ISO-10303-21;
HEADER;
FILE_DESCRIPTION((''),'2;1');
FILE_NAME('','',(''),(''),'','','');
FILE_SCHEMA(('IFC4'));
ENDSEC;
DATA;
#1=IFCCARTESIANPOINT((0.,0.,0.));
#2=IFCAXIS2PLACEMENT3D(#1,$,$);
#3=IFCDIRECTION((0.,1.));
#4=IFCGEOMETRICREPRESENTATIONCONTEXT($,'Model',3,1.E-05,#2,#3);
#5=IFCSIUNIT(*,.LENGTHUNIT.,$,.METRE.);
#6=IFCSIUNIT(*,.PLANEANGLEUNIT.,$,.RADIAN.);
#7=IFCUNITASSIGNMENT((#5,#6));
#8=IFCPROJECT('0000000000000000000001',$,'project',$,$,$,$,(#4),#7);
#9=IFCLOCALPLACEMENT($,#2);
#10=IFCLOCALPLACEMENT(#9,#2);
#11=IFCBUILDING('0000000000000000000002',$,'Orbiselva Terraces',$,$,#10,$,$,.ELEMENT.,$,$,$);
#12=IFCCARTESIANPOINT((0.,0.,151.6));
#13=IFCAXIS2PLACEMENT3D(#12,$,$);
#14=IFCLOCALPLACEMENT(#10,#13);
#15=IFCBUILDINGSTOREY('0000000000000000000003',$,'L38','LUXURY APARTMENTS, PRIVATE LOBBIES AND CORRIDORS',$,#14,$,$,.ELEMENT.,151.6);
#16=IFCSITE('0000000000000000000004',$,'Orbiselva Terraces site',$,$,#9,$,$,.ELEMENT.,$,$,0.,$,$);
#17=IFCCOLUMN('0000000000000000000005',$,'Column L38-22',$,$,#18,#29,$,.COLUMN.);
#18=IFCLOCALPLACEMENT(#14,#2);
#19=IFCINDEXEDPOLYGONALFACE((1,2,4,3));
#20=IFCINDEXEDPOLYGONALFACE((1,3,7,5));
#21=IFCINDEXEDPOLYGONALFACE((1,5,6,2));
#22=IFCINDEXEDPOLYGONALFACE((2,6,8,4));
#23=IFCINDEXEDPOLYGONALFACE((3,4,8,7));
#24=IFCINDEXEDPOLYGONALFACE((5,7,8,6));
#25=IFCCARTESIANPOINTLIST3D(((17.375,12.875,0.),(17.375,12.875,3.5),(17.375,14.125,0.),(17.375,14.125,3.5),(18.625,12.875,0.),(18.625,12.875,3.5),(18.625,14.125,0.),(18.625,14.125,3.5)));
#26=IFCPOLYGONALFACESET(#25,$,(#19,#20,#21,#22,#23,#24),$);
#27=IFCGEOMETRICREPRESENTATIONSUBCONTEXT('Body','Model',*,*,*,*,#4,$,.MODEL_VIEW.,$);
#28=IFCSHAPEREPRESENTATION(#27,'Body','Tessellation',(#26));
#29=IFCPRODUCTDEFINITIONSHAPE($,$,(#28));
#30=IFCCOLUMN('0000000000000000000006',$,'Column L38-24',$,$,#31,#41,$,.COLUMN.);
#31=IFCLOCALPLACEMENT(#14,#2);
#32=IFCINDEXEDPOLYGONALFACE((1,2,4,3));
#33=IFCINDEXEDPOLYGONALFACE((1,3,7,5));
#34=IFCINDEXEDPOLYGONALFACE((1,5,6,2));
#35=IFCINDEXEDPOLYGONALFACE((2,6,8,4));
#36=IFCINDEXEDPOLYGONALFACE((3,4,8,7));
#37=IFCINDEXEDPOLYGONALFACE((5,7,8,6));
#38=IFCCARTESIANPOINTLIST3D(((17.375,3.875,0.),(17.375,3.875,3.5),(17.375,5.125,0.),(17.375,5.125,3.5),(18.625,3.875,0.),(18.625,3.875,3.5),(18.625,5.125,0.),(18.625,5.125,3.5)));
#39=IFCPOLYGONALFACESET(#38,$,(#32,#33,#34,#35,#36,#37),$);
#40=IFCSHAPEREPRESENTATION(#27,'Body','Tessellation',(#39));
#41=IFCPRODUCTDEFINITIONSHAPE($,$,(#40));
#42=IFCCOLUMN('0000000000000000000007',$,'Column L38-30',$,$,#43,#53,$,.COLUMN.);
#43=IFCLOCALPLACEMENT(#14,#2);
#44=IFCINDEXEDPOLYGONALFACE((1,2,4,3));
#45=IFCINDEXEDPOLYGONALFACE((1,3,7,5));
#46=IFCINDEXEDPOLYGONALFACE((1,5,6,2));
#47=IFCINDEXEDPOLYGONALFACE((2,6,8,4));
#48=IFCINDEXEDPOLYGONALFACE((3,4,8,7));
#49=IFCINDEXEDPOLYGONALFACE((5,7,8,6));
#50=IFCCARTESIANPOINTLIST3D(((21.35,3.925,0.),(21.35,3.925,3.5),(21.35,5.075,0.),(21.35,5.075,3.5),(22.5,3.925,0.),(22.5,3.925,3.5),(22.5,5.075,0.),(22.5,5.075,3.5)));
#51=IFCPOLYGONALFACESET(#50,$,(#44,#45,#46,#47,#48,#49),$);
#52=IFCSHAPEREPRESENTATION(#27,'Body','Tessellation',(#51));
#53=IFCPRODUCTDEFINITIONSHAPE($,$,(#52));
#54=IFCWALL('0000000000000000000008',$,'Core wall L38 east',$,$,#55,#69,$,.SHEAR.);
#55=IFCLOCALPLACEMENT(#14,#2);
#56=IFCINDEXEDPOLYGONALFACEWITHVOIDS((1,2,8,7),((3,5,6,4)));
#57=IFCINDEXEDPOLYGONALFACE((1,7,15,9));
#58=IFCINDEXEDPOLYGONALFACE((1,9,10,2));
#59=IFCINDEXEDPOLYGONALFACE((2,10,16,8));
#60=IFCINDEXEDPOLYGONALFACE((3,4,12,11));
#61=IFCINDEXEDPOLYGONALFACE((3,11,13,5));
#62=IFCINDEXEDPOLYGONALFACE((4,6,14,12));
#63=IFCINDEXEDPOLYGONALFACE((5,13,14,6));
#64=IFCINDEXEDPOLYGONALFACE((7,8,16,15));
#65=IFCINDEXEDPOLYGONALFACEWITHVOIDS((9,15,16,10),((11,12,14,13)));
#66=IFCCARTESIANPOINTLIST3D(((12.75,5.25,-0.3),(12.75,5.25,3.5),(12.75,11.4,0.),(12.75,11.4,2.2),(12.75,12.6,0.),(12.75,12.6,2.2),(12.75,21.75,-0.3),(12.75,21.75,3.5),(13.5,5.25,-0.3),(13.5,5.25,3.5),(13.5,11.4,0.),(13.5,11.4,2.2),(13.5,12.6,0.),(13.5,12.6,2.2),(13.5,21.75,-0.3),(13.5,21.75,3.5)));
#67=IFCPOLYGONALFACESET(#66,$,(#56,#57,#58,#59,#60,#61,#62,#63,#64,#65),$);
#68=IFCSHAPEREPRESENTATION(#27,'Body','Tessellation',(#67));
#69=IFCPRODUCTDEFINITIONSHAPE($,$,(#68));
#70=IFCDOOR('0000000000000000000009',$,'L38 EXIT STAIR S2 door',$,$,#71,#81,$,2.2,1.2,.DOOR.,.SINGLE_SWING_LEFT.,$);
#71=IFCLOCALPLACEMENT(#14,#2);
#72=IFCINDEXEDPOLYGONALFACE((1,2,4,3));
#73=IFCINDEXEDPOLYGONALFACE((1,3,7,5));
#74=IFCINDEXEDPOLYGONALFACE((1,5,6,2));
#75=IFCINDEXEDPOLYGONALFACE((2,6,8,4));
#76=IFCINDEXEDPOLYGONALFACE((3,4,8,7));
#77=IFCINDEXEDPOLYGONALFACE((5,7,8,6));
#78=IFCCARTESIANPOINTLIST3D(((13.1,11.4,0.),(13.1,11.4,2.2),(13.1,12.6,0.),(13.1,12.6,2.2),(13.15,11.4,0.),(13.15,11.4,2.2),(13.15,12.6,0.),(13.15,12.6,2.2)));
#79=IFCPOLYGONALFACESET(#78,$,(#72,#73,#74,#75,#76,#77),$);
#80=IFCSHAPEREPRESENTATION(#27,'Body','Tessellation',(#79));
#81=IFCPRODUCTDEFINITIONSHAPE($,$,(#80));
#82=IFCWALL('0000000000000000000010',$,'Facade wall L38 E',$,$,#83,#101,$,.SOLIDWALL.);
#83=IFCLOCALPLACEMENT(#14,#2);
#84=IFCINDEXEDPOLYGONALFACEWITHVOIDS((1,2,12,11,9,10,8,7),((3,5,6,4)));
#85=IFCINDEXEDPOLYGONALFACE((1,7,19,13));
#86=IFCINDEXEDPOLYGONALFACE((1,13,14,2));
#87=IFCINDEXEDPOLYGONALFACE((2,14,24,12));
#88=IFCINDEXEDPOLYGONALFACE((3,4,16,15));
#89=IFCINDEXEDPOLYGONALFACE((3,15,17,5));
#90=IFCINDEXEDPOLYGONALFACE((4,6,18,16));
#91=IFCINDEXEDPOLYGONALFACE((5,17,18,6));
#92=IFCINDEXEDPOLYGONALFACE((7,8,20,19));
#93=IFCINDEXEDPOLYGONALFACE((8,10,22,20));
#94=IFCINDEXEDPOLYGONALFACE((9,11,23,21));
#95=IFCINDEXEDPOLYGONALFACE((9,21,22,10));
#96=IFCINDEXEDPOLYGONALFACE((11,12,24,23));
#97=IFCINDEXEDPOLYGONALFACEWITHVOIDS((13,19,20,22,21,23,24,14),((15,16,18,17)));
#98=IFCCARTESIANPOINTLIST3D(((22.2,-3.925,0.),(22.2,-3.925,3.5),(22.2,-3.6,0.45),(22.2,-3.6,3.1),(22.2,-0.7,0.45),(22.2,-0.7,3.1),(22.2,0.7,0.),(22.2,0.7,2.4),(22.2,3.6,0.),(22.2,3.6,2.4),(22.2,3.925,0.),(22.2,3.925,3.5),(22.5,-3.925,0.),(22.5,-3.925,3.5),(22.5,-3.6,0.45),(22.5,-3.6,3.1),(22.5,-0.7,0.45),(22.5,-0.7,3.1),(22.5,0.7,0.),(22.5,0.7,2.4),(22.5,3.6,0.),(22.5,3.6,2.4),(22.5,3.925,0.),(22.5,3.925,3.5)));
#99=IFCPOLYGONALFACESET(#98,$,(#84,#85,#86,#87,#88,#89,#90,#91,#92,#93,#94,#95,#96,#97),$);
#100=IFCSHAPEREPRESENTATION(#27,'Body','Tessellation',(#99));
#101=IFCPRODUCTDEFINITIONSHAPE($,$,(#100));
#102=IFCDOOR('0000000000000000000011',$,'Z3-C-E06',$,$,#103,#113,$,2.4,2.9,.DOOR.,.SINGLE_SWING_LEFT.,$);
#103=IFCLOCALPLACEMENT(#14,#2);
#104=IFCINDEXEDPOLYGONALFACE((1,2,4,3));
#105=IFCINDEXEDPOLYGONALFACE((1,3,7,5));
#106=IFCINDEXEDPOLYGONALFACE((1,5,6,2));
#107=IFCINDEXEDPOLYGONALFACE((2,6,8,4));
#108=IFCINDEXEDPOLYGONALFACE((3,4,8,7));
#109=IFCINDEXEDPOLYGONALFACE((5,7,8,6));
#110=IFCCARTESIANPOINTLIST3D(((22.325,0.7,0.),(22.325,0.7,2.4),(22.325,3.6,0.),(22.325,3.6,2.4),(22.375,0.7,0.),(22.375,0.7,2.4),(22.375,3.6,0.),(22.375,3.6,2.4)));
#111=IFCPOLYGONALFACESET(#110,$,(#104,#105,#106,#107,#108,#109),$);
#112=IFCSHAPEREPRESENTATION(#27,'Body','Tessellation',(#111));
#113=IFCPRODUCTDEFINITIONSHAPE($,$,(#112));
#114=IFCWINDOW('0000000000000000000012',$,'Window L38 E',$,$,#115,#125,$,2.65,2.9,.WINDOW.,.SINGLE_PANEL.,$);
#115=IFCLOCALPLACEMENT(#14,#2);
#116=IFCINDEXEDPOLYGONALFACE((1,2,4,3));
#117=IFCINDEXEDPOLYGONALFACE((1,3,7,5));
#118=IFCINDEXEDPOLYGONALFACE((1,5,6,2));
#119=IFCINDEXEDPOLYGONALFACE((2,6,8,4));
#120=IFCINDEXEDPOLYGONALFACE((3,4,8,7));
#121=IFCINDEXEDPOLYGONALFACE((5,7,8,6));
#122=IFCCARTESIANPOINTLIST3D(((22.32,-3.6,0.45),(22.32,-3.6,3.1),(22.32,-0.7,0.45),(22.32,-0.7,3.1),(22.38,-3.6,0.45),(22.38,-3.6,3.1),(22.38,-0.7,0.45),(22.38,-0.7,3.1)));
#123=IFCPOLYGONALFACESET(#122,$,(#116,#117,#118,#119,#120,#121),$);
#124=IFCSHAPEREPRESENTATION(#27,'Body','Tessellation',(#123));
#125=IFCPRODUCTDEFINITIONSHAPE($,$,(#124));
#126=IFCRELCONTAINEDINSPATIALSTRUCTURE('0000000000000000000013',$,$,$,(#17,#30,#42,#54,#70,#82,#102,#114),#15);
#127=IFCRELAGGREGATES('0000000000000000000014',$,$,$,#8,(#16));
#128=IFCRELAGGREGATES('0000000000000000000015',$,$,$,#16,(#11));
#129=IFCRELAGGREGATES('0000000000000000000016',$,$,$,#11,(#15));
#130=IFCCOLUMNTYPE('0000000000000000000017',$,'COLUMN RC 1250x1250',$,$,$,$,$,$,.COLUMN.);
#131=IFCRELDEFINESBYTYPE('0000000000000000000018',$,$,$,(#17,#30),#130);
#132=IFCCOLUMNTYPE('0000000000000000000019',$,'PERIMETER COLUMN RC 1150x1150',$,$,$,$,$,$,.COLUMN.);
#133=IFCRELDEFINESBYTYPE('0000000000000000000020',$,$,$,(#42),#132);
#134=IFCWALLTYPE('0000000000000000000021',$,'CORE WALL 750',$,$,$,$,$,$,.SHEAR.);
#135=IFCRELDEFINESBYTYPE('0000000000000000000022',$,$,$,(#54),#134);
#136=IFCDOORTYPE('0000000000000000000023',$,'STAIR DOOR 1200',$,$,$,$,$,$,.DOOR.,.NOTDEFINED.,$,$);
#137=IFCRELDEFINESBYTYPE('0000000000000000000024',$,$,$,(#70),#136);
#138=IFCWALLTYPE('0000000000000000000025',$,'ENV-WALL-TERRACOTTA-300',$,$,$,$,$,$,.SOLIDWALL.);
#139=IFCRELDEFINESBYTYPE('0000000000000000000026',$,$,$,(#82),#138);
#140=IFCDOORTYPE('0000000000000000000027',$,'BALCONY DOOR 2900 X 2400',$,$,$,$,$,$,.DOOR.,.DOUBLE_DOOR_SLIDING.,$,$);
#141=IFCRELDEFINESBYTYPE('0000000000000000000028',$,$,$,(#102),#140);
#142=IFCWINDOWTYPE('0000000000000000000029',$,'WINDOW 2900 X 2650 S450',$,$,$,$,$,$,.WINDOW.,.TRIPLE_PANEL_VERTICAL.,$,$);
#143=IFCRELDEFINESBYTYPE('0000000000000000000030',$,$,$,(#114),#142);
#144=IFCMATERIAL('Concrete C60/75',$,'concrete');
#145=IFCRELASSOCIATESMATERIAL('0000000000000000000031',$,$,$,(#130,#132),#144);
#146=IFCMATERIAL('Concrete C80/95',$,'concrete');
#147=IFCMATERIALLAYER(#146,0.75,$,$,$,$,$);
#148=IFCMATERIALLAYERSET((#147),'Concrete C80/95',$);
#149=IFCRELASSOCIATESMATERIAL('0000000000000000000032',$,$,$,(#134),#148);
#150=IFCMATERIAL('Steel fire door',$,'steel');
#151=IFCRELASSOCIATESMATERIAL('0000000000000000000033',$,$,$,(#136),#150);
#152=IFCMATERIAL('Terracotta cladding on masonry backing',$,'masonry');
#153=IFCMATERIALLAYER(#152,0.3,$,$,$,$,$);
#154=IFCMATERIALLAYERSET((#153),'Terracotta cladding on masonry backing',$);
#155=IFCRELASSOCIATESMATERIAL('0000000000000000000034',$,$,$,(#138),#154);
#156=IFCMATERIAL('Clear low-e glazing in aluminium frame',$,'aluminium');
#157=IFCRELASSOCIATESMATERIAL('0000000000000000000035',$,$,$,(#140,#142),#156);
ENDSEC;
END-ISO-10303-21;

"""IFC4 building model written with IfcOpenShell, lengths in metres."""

from ifc_helpers import new_model, si_unit, direction, frame, frame_2d, origin, origin_2d, place, context, subcontext, project, spatial, rectangle, extrude, material, layer, layer_set, material_profile, profile_set, type_object, element, fill, save


model = new_model("IFC4")

# Units and contexts
model_context = context("Model", 3, precision=1e-05, world=origin(), true_north=direction((0.0, 1.0)))
body_context = subcontext(model_context, "Body", "Model", "MODEL_VIEW")
ifc_project = project(units=[si_unit("LENGTHUNIT", "METRE"), si_unit("PLANEANGLEUNIT", "RADIAN")], contexts=[model_context])

# Site, building, storey
site_placement = place(None, origin())
site = spatial("IfcSite", under=ifc_project, at=site_placement, Name="Orbiselva Terraces site", CompositionType="ELEMENT", RefElevation=0.0)
building_placement = place(site_placement, origin())
building = spatial("IfcBuilding", under=site, at=building_placement, Name="Orbiselva Terraces", CompositionType="ELEMENT")
storey_placement = place(building_placement, frame((0.0, 0.0, 151.6)))
storey = spatial("IfcBuildingStorey", under=building, at=storey_placement, Name="L38", Description="LUXURY APARTMENTS, PRIVATE LOBBIES AND CORRIDORS", CompositionType="ELEMENT", Elevation=151.6)

# Columns
ifc_material_1 = material(Name="Concrete C60/75", Category="concrete")
ifc_material_profile_1 = material_profile(ifc_material_1, rectangle(XDim=1.25, YDim=1.25, at=origin_2d()), Name="RC 1250x1250")
ifc_profile_set_1 = profile_set([ifc_material_profile_1], Name="Concrete C60/75")
column_type_1 = type_object("IfcColumnType", Name="COLUMN RC 1250x1250", PredefinedType="COLUMN", material=ifc_profile_set_1)
for number, where, z_axis, x_axis, name in (
    (1, (18.0, 13.5, 0.0), (0.0, 0.0, 1.0), (1.0, 0.0, 0.0), "Column L38-22"),
    (2, (18.0, 4.5, 0.0), (0.0, 0.0, 1.0), (1.0, 0.0, 0.0), "Column L38-24"),
):
    element("IfcColumn", number, at=place(storey_placement, frame(where, z_axis=z_axis, x_axis=x_axis)), inside=storey, type_object=column_type_1, Name=name, PredefinedType="COLUMN", context=body_context, shape_type="SweptSolid", body=[
        extrude(rectangle(XDim=1.25, YDim=1.25, at=origin_2d()), origin(), (0.0, 0.0, 1.0), 3.5),
    ])
ifc_material_profile_2 = material_profile(ifc_material_1, rectangle(XDim=1.15, YDim=1.15, at=origin_2d()), Name="RC 1150x1150")
ifc_profile_set_2 = profile_set([ifc_material_profile_2], Name="Concrete C60/75")
column_type_2 = type_object("IfcColumnType", Name="PERIMETER COLUMN RC 1150x1150", PredefinedType="COLUMN", material=ifc_profile_set_2)
column_placement = place(storey_placement, frame((21.925, 4.5, 0.0), z_axis=(0.0, 0.0, 1.0), x_axis=(1.0, 0.0, 0.0)))
element("IfcColumn", 3, at=column_placement, inside=storey, type_object=column_type_2, Name="Column L38-30", PredefinedType="COLUMN", context=body_context, shape_type="SweptSolid", body=[
    extrude(rectangle(XDim=1.15, YDim=1.15, at=origin_2d()), origin(), (0.0, 0.0, 1.0), 3.5),
])

# Wall, opening, door
ifc_material_2 = material(Name="Concrete C80/95", Category="concrete")
ifc_layer_1 = layer(ifc_material_2, 0.75)
ifc_layer_set_1 = layer_set([ifc_layer_1], Name="Concrete C80/95")
wall_type_1 = type_object("IfcWallType", Name="CORE WALL 750", PredefinedType="SHEAR", material=ifc_layer_set_1)
wall_1_placement = place(storey_placement, frame((13.125, 5.25, -0.3), z_axis=(0.0, 0.0, 1.0), x_axis=(0.0, 1.0, 0.0)))
wall_1 = element("IfcWall", 4, at=wall_1_placement, inside=storey, type_object=wall_type_1, Name="Core wall L38 east", PredefinedType="SHEAR", context=body_context, shape_type="SweptSolid", body=[
    extrude(rectangle(XDim=16.5, YDim=0.75, at=frame_2d((8.25, 0.0))), origin(), (0.0, 0.0, 1.0), 3.8),
])
opening_1_placement = place(wall_1_placement, frame((6.15, 0.0, 0.3)))
opening_1 = element("IfcOpeningElement", 5, at=opening_1_placement, cuts=wall_1, PredefinedType="OPENING", context=body_context, shape_type="SweptSolid", body=[
    extrude(rectangle(XDim=1.2, YDim=2.2, at=frame_2d((0.6, 1.1))), frame((0.0, 0.385, 0.0), z_axis=(0.0, -1.0, 0.0), x_axis=(1.0, 0.0, 0.0)), (0.0, 0.0, 1.0), 0.77),
])
ifc_material_3 = material(Name="Steel fire door", Category="steel")
door_type_1 = type_object("IfcDoorType", Name="STAIR DOOR 1200", OperationType="NOTDEFINED", PredefinedType="DOOR", material=ifc_material_3)
door_1_placement = place(opening_1_placement, frame((1.2, 0.0, 0.0), z_axis=(0.0, 0.0, 1.0), x_axis=(-1.0, 0.0, 0.0)))
door_1 = element("IfcDoor", 6, at=door_1_placement, inside=storey, type_object=door_type_1, Name="L38 EXIT STAIR S2 door", OperationType="SINGLE_SWING_LEFT", OverallHeight=2.2, OverallWidth=1.2, PredefinedType="DOOR", context=body_context, shape_type="SweptSolid", body=[
    extrude(rectangle(XDim=1.2, YDim=2.2, at=frame_2d((0.6, 1.1))), frame((0.0, 0.025, 0.0), z_axis=(0.0, -1.0, 0.0), x_axis=(1.0, 0.0, 0.0)), (0.0, 0.0, 1.0), 0.05),
])
fill(opening_1, door_1)

# Wall, openings, door, window
ifc_material_4 = material(Name="Terracotta cladding on masonry backing", Category="masonry")
ifc_layer_2 = layer(ifc_material_4, 0.3)
ifc_layer_set_2 = layer_set([ifc_layer_2], Name="Terracotta cladding on masonry backing")
wall_type_2 = type_object("IfcWallType", Name="ENV-WALL-TERRACOTTA-300", PredefinedType="SOLIDWALL", material=ifc_layer_set_2)
wall_2_placement = place(storey_placement, frame((22.35, 3.925, 0.0), z_axis=(0.0, 0.0, 1.0), x_axis=(0.0, -1.0, 0.0)))
wall_2 = element("IfcWall", 7, at=wall_2_placement, inside=storey, type_object=wall_type_2, Name="Facade wall L38 E", PredefinedType="SOLIDWALL", context=body_context, shape_type="SweptSolid", body=[
    extrude(rectangle(XDim=7.85, YDim=0.3, at=frame_2d((3.925, 0.0))), origin(), (0.0, 0.0, 1.0), 3.5),
])
opening_2_placement = place(wall_2_placement, frame((4.625, 0.0, 0.45)))
opening_2 = element("IfcOpeningElement", 8, at=opening_2_placement, cuts=wall_2, PredefinedType="OPENING", context=body_context, shape_type="SweptSolid", body=[
    extrude(rectangle(XDim=2.9, YDim=2.65, at=frame_2d((1.45, 1.325))), frame((0.0, 0.16, 0.0), z_axis=(0.0, -1.0, 0.0), x_axis=(1.0, 0.0, 0.0)), (0.0, 0.0, 1.0), 0.32),
])
opening_3_placement = place(wall_2_placement, frame((0.325, 0.0, 0.0)))
opening_3 = element("IfcOpeningElement", 9, at=opening_3_placement, cuts=wall_2, PredefinedType="OPENING", context=body_context, shape_type="SweptSolid", body=[
    extrude(rectangle(XDim=2.9, YDim=2.4, at=frame_2d((1.45, 1.2))), frame((0.0, 0.16, 0.0), z_axis=(0.0, -1.0, 0.0), x_axis=(1.0, 0.0, 0.0)), (0.0, 0.0, 1.0), 0.32),
])
ifc_material_5 = material(Name="Clear low-e glazing in aluminium frame", Category="aluminium")
door_type_2 = type_object("IfcDoorType", Name="BALCONY DOOR 2900 X 2400", OperationType="DOUBLE_DOOR_SLIDING", PredefinedType="DOOR", material=ifc_material_5)
door_2_placement = place(opening_3_placement, origin())
door_2 = element("IfcDoor", 10, at=door_2_placement, inside=storey, type_object=door_type_2, Name="Z3-C-E06", OperationType="SINGLE_SWING_LEFT", OverallHeight=2.4, OverallWidth=2.9, PredefinedType="DOOR", context=body_context, shape_type="SweptSolid", body=[
    extrude(rectangle(XDim=2.9, YDim=2.4, at=frame_2d((1.45, 1.2))), frame((0.0, 0.025, 0.0), z_axis=(0.0, -1.0, 0.0), x_axis=(1.0, 0.0, 0.0)), (0.0, 0.0, 1.0), 0.05),
])
fill(opening_3, door_2)
window_type = type_object("IfcWindowType", Name="WINDOW 2900 X 2650 S450", PartitioningType="TRIPLE_PANEL_VERTICAL", PredefinedType="WINDOW", material=ifc_material_5)
window_1_placement = place(opening_2_placement, origin())
window_1 = element("IfcWindow", 11, at=window_1_placement, inside=storey, type_object=window_type, Name="Window L38 E", OverallHeight=2.65, OverallWidth=2.9, PartitioningType="SINGLE_PANEL", PredefinedType="WINDOW", context=body_context, shape_type="SweptSolid", body=[
    extrude(rectangle(XDim=2.9, YDim=2.65, at=frame_2d((1.45, 1.325))), frame((0.0, 0.03, 0.0), z_axis=(0.0, -1.0, 0.0), x_axis=(1.0, 0.0, 0.0)), (0.0, 0.0, 1.0), 0.06),
])
fill(opening_2, window_1)

save(model, "model.ifc")
